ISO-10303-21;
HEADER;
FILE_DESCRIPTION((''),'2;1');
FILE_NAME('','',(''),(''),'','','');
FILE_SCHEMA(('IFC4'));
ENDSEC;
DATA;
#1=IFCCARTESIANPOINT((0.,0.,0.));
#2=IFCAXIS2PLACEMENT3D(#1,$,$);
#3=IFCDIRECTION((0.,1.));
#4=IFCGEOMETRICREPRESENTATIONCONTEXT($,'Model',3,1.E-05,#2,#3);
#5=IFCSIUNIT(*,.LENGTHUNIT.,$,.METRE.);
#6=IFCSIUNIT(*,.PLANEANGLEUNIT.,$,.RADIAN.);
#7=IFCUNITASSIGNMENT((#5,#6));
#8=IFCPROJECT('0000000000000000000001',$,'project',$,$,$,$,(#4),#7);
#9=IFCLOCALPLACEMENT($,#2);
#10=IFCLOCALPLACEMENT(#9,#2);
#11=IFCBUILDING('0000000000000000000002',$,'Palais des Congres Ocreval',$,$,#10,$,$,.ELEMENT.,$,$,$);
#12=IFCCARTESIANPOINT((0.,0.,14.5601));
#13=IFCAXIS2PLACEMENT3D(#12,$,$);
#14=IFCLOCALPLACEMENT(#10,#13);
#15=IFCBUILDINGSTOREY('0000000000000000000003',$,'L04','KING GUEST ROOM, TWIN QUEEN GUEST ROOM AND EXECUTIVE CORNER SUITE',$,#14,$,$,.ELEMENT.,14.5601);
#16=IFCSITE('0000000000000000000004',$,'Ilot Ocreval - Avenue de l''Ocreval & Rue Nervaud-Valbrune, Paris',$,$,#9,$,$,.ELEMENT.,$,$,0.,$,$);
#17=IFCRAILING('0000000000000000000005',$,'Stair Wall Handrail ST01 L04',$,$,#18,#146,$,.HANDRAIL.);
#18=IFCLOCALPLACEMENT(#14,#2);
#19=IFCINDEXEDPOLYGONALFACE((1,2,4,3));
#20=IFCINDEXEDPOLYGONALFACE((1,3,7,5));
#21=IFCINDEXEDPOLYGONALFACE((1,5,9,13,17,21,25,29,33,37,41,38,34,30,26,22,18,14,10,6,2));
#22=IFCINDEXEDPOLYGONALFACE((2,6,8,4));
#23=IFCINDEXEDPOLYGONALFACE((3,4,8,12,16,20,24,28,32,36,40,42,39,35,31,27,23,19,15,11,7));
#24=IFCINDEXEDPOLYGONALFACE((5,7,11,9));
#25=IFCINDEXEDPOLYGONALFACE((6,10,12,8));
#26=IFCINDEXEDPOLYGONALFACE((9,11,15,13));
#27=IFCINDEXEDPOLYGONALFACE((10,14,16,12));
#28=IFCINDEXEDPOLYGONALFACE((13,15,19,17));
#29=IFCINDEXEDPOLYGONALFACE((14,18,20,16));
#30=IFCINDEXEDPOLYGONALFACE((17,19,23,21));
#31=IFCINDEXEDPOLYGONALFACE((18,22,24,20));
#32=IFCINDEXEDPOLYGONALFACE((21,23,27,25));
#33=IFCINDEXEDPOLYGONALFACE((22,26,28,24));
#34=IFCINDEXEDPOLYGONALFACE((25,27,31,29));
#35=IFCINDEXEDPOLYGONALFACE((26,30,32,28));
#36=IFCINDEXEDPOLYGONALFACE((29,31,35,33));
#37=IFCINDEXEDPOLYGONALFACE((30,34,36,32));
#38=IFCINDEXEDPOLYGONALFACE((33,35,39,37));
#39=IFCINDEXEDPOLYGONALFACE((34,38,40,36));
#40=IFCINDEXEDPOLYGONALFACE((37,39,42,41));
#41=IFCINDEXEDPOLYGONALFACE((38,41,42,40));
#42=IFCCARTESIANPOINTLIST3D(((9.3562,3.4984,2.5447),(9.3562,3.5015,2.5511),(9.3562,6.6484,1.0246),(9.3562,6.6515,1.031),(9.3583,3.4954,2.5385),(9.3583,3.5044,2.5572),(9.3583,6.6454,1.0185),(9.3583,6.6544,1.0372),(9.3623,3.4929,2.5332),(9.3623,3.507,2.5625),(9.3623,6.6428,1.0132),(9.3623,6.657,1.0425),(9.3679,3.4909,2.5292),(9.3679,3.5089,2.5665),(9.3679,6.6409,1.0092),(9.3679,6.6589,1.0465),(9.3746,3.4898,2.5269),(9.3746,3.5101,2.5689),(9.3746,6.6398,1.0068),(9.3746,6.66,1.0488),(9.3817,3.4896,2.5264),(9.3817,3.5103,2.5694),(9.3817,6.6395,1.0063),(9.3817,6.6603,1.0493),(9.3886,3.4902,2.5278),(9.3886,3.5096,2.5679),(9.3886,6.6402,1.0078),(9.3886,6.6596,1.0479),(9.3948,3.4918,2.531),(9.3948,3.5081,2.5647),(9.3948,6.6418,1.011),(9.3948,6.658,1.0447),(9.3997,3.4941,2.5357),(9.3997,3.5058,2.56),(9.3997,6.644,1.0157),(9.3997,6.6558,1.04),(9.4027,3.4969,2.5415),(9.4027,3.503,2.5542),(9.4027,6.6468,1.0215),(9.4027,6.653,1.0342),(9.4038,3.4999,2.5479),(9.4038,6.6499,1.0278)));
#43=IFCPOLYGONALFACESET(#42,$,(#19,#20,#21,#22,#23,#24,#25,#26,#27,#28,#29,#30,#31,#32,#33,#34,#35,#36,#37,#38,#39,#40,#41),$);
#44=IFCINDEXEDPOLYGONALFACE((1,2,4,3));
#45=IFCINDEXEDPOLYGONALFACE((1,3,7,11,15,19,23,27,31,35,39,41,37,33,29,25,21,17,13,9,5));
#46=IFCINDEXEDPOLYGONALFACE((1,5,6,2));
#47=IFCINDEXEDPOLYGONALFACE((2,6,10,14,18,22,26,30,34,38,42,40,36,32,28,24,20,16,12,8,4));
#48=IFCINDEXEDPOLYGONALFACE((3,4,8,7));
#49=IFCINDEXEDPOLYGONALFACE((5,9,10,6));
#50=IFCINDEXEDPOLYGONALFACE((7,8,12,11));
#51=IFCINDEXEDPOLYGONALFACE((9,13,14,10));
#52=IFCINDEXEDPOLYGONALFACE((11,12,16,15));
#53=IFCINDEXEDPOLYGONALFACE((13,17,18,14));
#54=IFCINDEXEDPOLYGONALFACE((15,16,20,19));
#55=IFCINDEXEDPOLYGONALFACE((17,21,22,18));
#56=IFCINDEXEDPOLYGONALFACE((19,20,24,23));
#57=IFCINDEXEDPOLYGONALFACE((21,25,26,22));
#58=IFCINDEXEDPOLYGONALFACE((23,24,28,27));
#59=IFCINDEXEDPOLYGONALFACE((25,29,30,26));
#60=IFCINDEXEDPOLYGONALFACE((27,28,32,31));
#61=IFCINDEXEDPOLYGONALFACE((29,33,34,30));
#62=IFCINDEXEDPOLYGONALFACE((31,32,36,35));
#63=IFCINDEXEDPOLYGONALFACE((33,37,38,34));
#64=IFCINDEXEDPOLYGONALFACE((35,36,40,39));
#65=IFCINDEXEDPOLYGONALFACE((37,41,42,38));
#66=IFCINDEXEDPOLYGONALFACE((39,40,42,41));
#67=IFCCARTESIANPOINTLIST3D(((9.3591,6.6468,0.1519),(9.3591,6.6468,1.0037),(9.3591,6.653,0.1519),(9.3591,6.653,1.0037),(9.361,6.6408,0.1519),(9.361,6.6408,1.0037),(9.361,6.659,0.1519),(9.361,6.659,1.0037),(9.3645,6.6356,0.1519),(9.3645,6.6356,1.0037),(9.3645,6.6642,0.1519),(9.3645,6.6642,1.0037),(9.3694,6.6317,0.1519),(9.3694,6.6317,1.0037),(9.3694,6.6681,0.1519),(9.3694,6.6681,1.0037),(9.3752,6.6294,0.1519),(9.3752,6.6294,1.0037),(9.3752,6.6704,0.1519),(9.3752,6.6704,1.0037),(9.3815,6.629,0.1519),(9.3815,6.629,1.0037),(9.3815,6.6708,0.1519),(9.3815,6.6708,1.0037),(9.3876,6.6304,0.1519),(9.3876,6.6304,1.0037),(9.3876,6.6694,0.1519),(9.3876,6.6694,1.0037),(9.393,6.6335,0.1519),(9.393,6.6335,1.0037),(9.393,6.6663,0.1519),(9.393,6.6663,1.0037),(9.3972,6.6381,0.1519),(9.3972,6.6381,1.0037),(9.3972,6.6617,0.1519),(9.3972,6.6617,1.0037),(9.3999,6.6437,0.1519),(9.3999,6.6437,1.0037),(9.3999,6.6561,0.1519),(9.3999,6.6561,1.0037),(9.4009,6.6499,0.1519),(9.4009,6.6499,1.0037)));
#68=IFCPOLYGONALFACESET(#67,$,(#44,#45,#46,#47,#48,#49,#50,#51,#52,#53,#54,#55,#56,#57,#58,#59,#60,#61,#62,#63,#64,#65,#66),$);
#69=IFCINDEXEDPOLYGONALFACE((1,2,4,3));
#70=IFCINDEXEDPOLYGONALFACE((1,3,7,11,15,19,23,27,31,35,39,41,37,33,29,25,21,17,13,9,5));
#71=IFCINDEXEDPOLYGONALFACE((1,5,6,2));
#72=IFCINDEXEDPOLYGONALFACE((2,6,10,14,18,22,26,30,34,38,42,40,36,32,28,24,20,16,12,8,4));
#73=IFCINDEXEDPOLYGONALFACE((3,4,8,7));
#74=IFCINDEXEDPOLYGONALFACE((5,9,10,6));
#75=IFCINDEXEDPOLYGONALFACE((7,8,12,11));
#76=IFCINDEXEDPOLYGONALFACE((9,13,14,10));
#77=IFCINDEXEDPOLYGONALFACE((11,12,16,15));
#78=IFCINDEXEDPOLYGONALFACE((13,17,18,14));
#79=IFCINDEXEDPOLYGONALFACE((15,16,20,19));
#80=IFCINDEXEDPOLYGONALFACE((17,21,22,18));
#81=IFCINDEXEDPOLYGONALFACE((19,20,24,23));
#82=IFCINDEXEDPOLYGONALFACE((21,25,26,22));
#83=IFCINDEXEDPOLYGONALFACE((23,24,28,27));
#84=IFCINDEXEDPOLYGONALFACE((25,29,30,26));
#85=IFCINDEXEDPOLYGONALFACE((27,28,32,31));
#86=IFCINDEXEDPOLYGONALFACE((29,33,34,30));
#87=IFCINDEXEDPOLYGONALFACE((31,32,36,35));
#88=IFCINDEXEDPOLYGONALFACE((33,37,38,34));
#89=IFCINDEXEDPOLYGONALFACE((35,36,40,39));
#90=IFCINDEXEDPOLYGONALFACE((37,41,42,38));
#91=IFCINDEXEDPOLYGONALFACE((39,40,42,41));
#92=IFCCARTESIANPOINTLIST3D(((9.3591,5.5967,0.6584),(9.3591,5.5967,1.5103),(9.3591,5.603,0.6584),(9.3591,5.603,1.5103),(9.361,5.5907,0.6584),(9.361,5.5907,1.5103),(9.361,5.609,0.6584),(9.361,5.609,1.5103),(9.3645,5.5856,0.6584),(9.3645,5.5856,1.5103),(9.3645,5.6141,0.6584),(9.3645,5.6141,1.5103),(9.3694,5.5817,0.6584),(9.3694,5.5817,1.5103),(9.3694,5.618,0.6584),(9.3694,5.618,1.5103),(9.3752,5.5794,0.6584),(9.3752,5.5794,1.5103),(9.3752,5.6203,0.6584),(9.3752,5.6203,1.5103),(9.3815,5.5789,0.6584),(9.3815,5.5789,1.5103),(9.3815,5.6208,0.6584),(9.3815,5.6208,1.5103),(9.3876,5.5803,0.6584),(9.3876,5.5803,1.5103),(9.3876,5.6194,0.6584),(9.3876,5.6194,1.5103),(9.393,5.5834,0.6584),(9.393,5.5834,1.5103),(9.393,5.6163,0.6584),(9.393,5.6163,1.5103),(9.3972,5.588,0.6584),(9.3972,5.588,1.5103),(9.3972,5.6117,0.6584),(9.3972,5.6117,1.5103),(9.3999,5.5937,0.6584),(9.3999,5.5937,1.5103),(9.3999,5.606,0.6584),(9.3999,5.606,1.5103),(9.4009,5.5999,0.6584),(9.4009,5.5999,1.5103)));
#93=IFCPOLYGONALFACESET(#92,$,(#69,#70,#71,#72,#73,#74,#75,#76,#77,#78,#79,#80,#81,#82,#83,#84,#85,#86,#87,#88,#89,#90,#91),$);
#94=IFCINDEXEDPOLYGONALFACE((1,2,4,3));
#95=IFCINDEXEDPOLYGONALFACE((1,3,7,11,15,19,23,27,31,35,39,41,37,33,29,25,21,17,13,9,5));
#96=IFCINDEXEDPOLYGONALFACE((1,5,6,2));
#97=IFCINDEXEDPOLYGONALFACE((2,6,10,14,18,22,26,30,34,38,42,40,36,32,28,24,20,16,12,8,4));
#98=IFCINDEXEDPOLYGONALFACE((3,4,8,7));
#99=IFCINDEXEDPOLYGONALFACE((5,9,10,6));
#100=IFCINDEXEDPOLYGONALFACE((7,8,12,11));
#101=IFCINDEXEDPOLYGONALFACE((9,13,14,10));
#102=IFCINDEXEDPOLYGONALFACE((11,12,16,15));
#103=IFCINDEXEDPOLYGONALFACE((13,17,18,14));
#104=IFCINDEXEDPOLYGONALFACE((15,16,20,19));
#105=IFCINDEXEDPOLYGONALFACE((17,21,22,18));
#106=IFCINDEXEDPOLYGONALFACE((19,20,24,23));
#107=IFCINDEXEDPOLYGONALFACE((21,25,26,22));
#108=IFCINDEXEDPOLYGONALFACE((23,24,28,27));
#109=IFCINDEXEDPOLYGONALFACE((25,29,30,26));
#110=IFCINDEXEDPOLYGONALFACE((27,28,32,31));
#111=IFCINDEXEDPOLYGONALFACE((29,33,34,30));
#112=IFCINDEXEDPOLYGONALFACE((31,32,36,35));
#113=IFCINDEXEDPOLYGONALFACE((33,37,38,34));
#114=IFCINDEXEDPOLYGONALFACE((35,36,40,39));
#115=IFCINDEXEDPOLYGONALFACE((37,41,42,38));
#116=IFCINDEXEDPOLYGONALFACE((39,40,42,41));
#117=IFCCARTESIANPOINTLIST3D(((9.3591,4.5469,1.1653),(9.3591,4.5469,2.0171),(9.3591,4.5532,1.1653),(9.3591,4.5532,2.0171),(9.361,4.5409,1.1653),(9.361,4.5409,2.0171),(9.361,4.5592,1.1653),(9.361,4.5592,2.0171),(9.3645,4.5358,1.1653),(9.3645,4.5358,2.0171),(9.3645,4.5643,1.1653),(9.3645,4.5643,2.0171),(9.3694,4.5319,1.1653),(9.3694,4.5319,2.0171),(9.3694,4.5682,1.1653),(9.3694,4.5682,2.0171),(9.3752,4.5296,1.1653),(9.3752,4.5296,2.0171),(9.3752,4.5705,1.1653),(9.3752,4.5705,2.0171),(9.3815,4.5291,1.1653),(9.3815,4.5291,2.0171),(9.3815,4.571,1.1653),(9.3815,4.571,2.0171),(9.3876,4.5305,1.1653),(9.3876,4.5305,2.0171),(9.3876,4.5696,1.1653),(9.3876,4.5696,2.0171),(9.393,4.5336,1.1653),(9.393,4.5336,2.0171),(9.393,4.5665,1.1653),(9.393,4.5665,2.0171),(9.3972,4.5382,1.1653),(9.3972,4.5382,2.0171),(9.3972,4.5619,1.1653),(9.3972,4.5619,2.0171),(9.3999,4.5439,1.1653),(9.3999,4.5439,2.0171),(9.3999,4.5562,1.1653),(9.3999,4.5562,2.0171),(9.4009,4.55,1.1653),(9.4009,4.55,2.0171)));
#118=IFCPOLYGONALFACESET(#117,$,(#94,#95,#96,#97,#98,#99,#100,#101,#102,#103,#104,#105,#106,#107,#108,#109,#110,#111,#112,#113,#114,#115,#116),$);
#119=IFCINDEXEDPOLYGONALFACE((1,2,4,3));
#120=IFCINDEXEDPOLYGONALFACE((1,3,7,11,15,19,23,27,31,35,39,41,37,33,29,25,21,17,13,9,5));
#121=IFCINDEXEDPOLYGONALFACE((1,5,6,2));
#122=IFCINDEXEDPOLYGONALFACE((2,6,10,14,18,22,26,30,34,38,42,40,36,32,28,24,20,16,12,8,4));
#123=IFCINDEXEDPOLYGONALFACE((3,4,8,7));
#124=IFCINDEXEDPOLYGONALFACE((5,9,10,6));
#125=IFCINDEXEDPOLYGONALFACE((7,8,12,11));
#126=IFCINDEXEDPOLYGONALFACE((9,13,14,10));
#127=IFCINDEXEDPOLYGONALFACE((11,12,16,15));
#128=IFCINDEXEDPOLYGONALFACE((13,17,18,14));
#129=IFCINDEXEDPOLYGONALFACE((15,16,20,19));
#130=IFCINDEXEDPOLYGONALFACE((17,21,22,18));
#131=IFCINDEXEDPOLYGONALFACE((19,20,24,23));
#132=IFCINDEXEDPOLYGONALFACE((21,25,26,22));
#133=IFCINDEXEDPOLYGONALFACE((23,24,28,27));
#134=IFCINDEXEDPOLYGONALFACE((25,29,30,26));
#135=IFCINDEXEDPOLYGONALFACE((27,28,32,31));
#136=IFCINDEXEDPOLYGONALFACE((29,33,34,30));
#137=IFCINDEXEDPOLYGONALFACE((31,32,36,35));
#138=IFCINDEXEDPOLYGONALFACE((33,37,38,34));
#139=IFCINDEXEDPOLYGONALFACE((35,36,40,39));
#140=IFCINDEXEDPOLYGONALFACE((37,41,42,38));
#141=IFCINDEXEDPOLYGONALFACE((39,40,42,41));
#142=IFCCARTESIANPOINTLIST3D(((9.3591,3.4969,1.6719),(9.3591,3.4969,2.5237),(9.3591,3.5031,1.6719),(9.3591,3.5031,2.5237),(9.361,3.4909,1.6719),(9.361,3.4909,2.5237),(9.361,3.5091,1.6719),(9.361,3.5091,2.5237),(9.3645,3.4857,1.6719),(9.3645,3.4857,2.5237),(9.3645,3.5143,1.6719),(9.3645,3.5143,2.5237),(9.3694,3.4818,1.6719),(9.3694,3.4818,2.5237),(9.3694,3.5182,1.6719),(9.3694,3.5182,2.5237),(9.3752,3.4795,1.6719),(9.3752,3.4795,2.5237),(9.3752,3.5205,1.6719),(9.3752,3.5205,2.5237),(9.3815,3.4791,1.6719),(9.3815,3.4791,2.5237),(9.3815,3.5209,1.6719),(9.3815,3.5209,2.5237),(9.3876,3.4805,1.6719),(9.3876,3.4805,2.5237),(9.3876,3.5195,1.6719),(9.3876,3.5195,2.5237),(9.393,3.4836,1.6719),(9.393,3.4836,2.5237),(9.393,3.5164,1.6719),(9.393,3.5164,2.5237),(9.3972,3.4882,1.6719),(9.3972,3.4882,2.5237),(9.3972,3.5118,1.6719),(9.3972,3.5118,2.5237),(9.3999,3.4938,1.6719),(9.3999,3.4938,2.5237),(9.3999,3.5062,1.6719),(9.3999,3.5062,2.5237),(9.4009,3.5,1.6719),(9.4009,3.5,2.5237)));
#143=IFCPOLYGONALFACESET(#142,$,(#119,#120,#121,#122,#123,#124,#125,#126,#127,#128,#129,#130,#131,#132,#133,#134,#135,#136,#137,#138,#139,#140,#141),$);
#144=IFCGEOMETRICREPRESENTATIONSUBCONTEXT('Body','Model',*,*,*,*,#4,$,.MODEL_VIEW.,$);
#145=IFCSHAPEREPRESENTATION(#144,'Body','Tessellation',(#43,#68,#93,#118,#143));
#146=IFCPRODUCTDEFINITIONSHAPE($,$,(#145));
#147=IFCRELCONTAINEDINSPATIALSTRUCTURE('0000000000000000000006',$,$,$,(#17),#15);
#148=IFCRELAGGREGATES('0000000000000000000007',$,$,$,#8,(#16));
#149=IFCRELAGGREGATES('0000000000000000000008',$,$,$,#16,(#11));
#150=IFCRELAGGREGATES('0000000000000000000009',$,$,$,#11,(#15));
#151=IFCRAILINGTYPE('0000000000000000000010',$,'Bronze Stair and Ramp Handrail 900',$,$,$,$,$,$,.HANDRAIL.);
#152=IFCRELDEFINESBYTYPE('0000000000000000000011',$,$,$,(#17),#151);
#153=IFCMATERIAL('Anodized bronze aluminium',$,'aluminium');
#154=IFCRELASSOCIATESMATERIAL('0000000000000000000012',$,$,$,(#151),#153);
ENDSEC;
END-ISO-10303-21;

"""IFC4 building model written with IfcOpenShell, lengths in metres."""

from ifc_helpers import new_model, si_unit, direction, frame, origin, origin_2d, place, context, subcontext, project, spatial, circle, extrude, material, type_object, element, save


model = new_model("IFC4")

# Units and contexts
model_context = context("Model", 3, precision=1e-05, world=origin(), true_north=direction((0.0, 1.0)))
body_context = subcontext(model_context, "Body", "Model", "MODEL_VIEW")
ifc_project = project(units=[si_unit("LENGTHUNIT", "METRE"), si_unit("PLANEANGLEUNIT", "RADIAN")], contexts=[model_context])

# Site, building, storey
site_placement = place(None, origin())
site = spatial("IfcSite", under=ifc_project, at=site_placement, Name="Ilot Ocreval - Avenue de l'Ocreval & Rue Nervaud-Valbrune, Paris", CompositionType="ELEMENT", RefElevation=0.0)
building_placement = place(site_placement, origin())
building = spatial("IfcBuilding", under=site, at=building_placement, Name="Palais des Congres Ocreval", CompositionType="ELEMENT")
storey_placement = place(building_placement, frame((0.0, 0.0, 14.5601)))
storey = spatial("IfcBuildingStorey", under=building, at=storey_placement, Name="L04", Description="KING GUEST ROOM, TWIN QUEEN GUEST ROOM AND EXECUTIVE CORNER SUITE", CompositionType="ELEMENT", Elevation=14.5601)

# Railing
ifc_material_1 = material(Name="Anodized bronze aluminium", Category="aluminium")
railing_type_1 = type_object("IfcRailingType", Name="Bronze Stair and Ramp Handrail 900", PredefinedType="HANDRAIL", material=ifc_material_1)
railing_1_placement = place(storey_placement, frame((9.3799, 6.6499, 0.1519)))
element("IfcRailing", 1, at=railing_1_placement, inside=storey, type_object=railing_type_1, Name="Stair Wall Handrail ST01 L04", PredefinedType="HANDRAIL", context=body_context, shape_type="SweptSolid", body=[
    extrude(circle(Radius=0.0239, at=origin_2d()), frame((0.0, 0.0, 0.876), z_axis=(0.0, -0.900621, 0.434605), x_axis=(1.0, 0.0, 0.0)), (0.0, 0.0, 1.0), 3.4976),
    extrude(circle(Radius=0.021, at=origin_2d()), origin(), (0.0, 0.0, 1.0), 0.8518),
    extrude(circle(Radius=0.021, at=origin_2d()), frame((0.0, -1.05, 0.5066)), (0.0, 0.0, 1.0), 0.8518),
    extrude(circle(Radius=0.021, at=origin_2d()), frame((0.0, -2.0999, 1.0134)), (0.0, 0.0, 1.0), 0.8518),
    extrude(circle(Radius=0.021, at=origin_2d()), frame((0.0, -3.1499, 1.52)), (0.0, 0.0, 1.0), 0.8518),
])

save(model, "model.ifc")
